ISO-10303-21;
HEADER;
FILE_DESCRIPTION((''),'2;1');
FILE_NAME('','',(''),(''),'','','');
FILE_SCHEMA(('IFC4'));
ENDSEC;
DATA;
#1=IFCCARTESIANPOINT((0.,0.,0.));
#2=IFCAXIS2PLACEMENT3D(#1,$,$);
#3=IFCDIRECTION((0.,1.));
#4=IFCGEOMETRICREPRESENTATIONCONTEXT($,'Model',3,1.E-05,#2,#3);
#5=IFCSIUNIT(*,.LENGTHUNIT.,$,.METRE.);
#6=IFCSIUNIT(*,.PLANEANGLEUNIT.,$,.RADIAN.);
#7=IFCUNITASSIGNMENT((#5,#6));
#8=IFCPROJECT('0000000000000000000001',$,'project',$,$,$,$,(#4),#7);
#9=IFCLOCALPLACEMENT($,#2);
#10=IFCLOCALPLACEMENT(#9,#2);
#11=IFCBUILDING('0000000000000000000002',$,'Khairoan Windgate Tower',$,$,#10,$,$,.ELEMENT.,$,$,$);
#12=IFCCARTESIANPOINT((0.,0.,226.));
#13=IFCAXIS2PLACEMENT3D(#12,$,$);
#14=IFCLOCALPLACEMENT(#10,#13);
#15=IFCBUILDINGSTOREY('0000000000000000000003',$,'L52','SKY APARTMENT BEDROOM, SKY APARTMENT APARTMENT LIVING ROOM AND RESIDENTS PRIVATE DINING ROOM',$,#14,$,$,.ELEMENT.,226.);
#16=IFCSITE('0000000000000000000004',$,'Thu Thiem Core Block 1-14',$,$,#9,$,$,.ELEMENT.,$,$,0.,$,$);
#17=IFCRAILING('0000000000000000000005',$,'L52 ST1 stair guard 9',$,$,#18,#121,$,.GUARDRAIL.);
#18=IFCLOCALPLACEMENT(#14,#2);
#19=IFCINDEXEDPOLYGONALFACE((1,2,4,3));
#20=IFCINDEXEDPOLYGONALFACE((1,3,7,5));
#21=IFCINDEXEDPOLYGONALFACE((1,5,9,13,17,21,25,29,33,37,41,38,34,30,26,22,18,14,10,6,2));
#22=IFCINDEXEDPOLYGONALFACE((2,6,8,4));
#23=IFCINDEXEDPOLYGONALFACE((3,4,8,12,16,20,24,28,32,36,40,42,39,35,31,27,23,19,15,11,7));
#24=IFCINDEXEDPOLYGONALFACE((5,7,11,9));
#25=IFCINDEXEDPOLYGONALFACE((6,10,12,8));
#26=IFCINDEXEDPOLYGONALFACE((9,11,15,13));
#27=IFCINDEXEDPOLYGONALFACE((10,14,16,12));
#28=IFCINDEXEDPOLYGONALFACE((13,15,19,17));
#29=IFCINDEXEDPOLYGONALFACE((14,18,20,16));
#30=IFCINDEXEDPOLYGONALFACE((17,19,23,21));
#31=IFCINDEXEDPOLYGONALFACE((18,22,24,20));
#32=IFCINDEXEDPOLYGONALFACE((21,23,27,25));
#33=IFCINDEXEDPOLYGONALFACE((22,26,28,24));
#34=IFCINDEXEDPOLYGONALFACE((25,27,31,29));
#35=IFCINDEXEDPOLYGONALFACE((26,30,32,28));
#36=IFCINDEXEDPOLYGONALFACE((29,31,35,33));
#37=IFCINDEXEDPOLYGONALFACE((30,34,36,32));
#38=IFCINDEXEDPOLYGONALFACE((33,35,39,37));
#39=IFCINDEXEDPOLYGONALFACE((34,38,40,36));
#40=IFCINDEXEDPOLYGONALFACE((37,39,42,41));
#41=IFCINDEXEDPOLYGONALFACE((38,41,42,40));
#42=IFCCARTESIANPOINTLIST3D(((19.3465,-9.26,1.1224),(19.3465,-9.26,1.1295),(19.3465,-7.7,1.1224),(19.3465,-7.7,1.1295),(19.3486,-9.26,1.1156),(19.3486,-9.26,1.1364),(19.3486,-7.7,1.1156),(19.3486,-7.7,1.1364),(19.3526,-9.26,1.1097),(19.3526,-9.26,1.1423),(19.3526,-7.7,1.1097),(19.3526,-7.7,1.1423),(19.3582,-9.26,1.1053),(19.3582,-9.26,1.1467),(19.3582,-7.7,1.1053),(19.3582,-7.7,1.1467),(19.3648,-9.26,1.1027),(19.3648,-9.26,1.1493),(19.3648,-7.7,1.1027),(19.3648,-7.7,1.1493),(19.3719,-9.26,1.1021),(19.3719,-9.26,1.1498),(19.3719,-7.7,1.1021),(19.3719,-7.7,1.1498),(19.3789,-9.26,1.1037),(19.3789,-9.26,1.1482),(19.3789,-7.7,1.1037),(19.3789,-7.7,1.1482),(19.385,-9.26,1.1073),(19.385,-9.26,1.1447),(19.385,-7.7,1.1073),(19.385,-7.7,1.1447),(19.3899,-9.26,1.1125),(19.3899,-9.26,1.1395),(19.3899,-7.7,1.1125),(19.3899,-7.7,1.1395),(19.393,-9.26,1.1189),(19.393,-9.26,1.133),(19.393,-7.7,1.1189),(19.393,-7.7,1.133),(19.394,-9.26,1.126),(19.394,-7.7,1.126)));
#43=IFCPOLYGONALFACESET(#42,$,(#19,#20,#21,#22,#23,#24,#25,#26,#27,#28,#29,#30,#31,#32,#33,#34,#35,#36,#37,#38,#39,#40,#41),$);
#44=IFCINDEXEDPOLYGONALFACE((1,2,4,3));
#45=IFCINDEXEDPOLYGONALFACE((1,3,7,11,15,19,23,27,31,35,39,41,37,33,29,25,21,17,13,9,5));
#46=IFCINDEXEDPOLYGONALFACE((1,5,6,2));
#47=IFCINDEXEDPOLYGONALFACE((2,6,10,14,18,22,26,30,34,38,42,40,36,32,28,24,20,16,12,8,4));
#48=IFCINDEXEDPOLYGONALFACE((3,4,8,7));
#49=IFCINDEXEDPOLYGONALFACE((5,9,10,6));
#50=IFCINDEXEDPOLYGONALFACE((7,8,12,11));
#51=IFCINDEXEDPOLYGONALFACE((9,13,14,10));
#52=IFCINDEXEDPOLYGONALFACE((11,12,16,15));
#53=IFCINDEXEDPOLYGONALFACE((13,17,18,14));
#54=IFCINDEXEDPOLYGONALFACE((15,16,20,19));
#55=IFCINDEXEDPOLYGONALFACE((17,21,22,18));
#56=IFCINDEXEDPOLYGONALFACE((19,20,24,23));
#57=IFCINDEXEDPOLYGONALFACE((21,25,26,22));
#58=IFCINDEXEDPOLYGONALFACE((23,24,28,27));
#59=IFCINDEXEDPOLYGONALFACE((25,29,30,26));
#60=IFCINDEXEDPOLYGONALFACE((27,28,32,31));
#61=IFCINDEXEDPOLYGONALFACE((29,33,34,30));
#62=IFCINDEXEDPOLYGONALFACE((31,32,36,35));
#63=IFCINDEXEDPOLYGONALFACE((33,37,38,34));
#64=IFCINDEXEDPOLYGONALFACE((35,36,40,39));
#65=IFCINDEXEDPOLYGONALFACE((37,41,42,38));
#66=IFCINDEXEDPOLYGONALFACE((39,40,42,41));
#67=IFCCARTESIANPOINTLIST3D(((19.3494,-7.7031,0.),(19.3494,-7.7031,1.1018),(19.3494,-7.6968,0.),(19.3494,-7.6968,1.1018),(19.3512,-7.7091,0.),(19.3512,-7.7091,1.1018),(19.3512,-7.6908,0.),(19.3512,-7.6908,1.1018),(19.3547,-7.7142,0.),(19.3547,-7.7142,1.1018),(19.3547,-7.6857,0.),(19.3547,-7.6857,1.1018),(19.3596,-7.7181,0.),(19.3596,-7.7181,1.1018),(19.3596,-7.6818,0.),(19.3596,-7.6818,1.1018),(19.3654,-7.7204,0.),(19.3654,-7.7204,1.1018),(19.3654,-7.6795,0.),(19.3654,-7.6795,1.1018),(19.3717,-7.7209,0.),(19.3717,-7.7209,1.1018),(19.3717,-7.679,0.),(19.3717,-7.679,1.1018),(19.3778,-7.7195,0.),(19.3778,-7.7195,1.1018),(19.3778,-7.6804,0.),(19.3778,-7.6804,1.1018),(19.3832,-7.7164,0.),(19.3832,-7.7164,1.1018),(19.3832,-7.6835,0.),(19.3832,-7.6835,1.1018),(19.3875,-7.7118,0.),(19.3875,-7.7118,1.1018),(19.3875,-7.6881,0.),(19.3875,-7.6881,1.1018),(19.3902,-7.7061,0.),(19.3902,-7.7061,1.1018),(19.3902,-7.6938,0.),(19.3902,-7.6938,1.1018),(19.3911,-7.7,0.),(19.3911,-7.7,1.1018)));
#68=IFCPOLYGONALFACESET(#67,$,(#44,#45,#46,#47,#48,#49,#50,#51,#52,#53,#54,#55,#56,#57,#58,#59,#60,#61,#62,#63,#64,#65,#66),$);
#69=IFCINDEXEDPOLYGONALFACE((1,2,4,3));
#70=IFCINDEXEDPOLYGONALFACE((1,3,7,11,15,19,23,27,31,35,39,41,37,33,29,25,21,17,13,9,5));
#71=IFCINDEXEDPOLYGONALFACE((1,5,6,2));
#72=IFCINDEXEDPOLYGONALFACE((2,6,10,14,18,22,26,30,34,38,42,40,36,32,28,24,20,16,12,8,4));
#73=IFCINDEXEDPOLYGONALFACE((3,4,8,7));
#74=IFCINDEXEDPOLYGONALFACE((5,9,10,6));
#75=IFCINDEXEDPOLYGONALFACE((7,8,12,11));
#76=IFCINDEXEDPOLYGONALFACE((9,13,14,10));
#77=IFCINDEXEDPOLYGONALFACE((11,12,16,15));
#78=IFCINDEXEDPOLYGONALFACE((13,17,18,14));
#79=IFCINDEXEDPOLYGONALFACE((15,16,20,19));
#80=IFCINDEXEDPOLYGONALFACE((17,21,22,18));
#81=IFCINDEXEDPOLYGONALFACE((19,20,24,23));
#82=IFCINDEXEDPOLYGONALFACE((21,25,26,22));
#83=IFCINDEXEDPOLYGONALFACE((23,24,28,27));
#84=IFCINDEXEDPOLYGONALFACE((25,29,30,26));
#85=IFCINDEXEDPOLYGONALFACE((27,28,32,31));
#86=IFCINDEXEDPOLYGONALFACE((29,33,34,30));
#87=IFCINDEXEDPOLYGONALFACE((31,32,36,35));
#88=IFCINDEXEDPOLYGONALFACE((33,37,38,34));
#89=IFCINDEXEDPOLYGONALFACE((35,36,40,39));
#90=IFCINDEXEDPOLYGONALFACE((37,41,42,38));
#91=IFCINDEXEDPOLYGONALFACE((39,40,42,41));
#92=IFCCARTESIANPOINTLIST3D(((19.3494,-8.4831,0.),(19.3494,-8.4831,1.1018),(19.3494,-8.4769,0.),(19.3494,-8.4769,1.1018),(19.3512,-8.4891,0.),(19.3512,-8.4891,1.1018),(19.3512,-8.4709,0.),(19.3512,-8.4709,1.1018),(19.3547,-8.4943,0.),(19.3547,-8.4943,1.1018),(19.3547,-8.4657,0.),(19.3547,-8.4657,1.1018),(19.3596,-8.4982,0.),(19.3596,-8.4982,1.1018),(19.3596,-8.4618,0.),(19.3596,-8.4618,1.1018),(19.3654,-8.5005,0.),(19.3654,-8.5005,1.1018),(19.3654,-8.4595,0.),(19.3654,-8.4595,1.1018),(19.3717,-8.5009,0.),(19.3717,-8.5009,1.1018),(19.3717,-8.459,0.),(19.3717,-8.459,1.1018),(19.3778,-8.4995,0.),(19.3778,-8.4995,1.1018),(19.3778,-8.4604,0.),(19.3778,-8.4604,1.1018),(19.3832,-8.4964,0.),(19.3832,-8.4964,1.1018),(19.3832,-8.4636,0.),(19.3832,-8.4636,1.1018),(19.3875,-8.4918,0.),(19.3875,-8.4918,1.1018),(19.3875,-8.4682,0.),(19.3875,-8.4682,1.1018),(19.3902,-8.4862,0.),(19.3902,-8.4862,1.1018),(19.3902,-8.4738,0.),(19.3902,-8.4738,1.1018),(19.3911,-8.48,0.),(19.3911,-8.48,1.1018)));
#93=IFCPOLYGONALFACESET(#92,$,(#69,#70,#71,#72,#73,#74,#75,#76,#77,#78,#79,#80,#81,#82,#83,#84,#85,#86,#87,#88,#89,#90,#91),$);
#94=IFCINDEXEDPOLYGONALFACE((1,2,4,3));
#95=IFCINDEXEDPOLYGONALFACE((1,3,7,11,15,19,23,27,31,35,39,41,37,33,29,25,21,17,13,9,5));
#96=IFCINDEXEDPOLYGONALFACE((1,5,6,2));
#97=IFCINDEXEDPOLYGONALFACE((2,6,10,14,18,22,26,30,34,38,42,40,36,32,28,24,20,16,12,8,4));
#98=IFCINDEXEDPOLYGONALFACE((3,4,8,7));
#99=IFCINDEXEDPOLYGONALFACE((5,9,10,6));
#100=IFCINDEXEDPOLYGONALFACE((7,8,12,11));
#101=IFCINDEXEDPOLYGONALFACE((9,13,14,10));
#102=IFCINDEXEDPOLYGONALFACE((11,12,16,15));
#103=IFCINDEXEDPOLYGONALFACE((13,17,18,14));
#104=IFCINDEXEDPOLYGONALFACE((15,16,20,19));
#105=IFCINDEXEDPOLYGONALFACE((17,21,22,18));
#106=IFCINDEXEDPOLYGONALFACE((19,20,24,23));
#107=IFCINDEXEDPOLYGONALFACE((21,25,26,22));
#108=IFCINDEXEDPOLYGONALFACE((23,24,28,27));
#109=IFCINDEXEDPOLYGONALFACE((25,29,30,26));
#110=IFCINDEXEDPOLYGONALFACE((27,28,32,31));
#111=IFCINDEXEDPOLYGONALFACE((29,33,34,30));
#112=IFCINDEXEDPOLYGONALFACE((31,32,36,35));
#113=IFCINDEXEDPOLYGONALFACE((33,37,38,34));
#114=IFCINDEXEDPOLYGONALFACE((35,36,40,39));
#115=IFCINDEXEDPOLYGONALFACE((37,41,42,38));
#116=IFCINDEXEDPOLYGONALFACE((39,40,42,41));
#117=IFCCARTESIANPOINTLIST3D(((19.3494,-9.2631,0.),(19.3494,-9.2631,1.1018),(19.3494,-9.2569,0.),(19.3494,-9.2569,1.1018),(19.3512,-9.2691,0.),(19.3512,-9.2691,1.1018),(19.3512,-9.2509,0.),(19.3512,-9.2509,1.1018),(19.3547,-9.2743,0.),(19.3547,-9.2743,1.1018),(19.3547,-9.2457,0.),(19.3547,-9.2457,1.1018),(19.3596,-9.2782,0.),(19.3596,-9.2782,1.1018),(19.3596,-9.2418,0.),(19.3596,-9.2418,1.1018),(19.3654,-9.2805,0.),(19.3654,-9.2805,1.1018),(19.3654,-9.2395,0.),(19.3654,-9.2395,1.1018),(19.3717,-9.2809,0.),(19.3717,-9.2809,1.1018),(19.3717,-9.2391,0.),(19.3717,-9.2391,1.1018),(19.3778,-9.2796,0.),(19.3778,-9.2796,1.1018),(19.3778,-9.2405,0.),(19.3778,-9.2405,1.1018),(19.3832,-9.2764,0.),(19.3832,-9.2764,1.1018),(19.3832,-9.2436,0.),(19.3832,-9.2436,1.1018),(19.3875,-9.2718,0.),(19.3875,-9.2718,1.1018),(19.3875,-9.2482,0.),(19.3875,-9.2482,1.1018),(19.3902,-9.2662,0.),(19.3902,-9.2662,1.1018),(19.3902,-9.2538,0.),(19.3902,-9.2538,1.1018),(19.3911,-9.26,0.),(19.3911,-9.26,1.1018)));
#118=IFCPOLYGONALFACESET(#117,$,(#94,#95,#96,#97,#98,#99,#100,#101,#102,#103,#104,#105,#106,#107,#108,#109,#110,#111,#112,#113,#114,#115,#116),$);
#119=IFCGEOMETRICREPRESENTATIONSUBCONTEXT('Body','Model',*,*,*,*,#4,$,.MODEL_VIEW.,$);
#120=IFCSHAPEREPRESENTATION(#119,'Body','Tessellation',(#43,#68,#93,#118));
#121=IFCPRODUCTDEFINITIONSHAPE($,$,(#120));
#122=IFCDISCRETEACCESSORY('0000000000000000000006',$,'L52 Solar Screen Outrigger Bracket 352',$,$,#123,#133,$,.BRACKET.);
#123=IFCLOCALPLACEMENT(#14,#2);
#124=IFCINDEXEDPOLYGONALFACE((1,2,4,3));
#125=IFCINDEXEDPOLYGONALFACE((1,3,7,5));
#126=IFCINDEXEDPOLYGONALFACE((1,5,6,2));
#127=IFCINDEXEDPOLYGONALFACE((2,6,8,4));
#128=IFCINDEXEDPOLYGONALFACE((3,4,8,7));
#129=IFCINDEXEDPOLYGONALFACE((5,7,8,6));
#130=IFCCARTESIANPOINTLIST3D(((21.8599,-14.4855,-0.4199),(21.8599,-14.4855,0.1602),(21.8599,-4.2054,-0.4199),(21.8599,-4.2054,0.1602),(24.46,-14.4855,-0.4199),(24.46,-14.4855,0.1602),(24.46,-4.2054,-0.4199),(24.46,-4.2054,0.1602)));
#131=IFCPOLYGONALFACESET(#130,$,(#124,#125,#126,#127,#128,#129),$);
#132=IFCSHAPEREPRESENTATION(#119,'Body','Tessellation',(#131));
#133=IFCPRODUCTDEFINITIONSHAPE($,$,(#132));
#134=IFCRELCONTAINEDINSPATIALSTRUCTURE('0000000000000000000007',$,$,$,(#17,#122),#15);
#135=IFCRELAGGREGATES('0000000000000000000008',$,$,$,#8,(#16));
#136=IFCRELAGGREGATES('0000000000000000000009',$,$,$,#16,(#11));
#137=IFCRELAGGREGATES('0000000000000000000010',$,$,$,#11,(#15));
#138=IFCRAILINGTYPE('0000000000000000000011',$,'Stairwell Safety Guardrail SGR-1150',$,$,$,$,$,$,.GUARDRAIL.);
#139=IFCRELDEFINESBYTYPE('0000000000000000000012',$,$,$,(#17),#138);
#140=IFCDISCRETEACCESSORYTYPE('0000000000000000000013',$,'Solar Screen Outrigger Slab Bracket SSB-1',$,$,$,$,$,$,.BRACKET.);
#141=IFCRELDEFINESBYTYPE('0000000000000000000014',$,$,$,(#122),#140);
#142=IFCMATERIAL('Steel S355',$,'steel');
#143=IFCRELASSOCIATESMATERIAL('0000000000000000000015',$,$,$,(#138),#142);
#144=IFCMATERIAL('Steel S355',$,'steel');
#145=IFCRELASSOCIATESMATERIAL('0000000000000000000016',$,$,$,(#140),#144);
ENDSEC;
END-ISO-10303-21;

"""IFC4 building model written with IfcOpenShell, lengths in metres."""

from ifc_helpers import new_model, si_unit, direction, frame, origin, origin_2d, place, context, subcontext, project, spatial, rectangle, circle, extrude, material, type_object, element, save


model = new_model("IFC4")

# Units and contexts
model_context = context("Model", 3, precision=1e-05, world=origin(), true_north=direction((0.0, 1.0)))
body_context = subcontext(model_context, "Body", "Model", "MODEL_VIEW")
ifc_project = project(units=[si_unit("LENGTHUNIT", "METRE"), si_unit("PLANEANGLEUNIT", "RADIAN")], contexts=[model_context])

# Site, building, storey
site_placement = place(None, origin())
site = spatial("IfcSite", under=ifc_project, at=site_placement, Name="Thu Thiem Core Block 1-14", CompositionType="ELEMENT", RefElevation=0.0)
building_placement = place(site_placement, origin())
building = spatial("IfcBuilding", under=site, at=building_placement, Name="Khairoan Windgate Tower", CompositionType="ELEMENT")
storey_placement = place(building_placement, frame((0.0, 0.0, 226.0)))
storey = spatial("IfcBuildingStorey", under=building, at=storey_placement, Name="L52", Description="SKY APARTMENT BEDROOM, SKY APARTMENT APARTMENT LIVING ROOM AND RESIDENTS PRIVATE DINING ROOM", CompositionType="ELEMENT", Elevation=226.0)

# Railing
ifc_material_1 = material(Name="Steel S355", Category="steel")
railing_type_1 = type_object("IfcRailingType", Name="Stairwell Safety Guardrail SGR-1150", PredefinedType="GUARDRAIL", material=ifc_material_1)
for number, where, name in (
    (1, (19.3701, -7.7, 0.0), "L52 ST1 stair guard 9"),
):
    element("IfcRailing", number, at=place(storey_placement, frame(where)), inside=storey, type_object=railing_type_1, Name=name, PredefinedType="GUARDRAIL", context=body_context, shape_type="SweptSolid", body=[
        extrude(circle(Radius=0.0239, at=origin_2d()), frame((0.0, 0.0, 1.126), z_axis=(0.0, -1.0, 0.0), x_axis=(1.0, 0.0, 0.0)), (0.0, 0.0, 1.0), 1.5601),
        extrude(circle(Radius=0.021, at=origin_2d()), origin(), (0.0, 0.0, 1.0), 1.1018),
        extrude(circle(Radius=0.021, at=origin_2d()), frame((0.0, -0.78, 0.0)), (0.0, 0.0, 1.0), 1.1018),
        extrude(circle(Radius=0.021, at=origin_2d()), frame((0.0, -1.5601, 0.0)), (0.0, 0.0, 1.0), 1.1018),
    ])

# Discrete accessory
ifc_material_2 = material(Name="Steel S355", Category="steel")
discrete_accessory_type = type_object("IfcDiscreteAccessoryType", Name="Solar Screen Outrigger Slab Bracket SSB-1", PredefinedType="BRACKET", material=ifc_material_2)
discrete_accessory_placement = place(storey_placement, frame((23.1599, -9.3455, -0.4199), z_axis=(0.0, 0.0, 1.0), x_axis=(0.0, -1.0, 0.0)))
element("IfcDiscreteAccessory", 2, at=discrete_accessory_placement, inside=storey, type_object=discrete_accessory_type, Name="L52 Solar Screen Outrigger Bracket 352", PredefinedType="BRACKET", context=body_context, shape_type="SweptSolid", body=[
    extrude(rectangle(XDim=10.28, YDim=2.6001, at=origin_2d()), origin(), (0.0, 0.0, 1.0), 0.5801),
])

save(model, "model.ifc")
